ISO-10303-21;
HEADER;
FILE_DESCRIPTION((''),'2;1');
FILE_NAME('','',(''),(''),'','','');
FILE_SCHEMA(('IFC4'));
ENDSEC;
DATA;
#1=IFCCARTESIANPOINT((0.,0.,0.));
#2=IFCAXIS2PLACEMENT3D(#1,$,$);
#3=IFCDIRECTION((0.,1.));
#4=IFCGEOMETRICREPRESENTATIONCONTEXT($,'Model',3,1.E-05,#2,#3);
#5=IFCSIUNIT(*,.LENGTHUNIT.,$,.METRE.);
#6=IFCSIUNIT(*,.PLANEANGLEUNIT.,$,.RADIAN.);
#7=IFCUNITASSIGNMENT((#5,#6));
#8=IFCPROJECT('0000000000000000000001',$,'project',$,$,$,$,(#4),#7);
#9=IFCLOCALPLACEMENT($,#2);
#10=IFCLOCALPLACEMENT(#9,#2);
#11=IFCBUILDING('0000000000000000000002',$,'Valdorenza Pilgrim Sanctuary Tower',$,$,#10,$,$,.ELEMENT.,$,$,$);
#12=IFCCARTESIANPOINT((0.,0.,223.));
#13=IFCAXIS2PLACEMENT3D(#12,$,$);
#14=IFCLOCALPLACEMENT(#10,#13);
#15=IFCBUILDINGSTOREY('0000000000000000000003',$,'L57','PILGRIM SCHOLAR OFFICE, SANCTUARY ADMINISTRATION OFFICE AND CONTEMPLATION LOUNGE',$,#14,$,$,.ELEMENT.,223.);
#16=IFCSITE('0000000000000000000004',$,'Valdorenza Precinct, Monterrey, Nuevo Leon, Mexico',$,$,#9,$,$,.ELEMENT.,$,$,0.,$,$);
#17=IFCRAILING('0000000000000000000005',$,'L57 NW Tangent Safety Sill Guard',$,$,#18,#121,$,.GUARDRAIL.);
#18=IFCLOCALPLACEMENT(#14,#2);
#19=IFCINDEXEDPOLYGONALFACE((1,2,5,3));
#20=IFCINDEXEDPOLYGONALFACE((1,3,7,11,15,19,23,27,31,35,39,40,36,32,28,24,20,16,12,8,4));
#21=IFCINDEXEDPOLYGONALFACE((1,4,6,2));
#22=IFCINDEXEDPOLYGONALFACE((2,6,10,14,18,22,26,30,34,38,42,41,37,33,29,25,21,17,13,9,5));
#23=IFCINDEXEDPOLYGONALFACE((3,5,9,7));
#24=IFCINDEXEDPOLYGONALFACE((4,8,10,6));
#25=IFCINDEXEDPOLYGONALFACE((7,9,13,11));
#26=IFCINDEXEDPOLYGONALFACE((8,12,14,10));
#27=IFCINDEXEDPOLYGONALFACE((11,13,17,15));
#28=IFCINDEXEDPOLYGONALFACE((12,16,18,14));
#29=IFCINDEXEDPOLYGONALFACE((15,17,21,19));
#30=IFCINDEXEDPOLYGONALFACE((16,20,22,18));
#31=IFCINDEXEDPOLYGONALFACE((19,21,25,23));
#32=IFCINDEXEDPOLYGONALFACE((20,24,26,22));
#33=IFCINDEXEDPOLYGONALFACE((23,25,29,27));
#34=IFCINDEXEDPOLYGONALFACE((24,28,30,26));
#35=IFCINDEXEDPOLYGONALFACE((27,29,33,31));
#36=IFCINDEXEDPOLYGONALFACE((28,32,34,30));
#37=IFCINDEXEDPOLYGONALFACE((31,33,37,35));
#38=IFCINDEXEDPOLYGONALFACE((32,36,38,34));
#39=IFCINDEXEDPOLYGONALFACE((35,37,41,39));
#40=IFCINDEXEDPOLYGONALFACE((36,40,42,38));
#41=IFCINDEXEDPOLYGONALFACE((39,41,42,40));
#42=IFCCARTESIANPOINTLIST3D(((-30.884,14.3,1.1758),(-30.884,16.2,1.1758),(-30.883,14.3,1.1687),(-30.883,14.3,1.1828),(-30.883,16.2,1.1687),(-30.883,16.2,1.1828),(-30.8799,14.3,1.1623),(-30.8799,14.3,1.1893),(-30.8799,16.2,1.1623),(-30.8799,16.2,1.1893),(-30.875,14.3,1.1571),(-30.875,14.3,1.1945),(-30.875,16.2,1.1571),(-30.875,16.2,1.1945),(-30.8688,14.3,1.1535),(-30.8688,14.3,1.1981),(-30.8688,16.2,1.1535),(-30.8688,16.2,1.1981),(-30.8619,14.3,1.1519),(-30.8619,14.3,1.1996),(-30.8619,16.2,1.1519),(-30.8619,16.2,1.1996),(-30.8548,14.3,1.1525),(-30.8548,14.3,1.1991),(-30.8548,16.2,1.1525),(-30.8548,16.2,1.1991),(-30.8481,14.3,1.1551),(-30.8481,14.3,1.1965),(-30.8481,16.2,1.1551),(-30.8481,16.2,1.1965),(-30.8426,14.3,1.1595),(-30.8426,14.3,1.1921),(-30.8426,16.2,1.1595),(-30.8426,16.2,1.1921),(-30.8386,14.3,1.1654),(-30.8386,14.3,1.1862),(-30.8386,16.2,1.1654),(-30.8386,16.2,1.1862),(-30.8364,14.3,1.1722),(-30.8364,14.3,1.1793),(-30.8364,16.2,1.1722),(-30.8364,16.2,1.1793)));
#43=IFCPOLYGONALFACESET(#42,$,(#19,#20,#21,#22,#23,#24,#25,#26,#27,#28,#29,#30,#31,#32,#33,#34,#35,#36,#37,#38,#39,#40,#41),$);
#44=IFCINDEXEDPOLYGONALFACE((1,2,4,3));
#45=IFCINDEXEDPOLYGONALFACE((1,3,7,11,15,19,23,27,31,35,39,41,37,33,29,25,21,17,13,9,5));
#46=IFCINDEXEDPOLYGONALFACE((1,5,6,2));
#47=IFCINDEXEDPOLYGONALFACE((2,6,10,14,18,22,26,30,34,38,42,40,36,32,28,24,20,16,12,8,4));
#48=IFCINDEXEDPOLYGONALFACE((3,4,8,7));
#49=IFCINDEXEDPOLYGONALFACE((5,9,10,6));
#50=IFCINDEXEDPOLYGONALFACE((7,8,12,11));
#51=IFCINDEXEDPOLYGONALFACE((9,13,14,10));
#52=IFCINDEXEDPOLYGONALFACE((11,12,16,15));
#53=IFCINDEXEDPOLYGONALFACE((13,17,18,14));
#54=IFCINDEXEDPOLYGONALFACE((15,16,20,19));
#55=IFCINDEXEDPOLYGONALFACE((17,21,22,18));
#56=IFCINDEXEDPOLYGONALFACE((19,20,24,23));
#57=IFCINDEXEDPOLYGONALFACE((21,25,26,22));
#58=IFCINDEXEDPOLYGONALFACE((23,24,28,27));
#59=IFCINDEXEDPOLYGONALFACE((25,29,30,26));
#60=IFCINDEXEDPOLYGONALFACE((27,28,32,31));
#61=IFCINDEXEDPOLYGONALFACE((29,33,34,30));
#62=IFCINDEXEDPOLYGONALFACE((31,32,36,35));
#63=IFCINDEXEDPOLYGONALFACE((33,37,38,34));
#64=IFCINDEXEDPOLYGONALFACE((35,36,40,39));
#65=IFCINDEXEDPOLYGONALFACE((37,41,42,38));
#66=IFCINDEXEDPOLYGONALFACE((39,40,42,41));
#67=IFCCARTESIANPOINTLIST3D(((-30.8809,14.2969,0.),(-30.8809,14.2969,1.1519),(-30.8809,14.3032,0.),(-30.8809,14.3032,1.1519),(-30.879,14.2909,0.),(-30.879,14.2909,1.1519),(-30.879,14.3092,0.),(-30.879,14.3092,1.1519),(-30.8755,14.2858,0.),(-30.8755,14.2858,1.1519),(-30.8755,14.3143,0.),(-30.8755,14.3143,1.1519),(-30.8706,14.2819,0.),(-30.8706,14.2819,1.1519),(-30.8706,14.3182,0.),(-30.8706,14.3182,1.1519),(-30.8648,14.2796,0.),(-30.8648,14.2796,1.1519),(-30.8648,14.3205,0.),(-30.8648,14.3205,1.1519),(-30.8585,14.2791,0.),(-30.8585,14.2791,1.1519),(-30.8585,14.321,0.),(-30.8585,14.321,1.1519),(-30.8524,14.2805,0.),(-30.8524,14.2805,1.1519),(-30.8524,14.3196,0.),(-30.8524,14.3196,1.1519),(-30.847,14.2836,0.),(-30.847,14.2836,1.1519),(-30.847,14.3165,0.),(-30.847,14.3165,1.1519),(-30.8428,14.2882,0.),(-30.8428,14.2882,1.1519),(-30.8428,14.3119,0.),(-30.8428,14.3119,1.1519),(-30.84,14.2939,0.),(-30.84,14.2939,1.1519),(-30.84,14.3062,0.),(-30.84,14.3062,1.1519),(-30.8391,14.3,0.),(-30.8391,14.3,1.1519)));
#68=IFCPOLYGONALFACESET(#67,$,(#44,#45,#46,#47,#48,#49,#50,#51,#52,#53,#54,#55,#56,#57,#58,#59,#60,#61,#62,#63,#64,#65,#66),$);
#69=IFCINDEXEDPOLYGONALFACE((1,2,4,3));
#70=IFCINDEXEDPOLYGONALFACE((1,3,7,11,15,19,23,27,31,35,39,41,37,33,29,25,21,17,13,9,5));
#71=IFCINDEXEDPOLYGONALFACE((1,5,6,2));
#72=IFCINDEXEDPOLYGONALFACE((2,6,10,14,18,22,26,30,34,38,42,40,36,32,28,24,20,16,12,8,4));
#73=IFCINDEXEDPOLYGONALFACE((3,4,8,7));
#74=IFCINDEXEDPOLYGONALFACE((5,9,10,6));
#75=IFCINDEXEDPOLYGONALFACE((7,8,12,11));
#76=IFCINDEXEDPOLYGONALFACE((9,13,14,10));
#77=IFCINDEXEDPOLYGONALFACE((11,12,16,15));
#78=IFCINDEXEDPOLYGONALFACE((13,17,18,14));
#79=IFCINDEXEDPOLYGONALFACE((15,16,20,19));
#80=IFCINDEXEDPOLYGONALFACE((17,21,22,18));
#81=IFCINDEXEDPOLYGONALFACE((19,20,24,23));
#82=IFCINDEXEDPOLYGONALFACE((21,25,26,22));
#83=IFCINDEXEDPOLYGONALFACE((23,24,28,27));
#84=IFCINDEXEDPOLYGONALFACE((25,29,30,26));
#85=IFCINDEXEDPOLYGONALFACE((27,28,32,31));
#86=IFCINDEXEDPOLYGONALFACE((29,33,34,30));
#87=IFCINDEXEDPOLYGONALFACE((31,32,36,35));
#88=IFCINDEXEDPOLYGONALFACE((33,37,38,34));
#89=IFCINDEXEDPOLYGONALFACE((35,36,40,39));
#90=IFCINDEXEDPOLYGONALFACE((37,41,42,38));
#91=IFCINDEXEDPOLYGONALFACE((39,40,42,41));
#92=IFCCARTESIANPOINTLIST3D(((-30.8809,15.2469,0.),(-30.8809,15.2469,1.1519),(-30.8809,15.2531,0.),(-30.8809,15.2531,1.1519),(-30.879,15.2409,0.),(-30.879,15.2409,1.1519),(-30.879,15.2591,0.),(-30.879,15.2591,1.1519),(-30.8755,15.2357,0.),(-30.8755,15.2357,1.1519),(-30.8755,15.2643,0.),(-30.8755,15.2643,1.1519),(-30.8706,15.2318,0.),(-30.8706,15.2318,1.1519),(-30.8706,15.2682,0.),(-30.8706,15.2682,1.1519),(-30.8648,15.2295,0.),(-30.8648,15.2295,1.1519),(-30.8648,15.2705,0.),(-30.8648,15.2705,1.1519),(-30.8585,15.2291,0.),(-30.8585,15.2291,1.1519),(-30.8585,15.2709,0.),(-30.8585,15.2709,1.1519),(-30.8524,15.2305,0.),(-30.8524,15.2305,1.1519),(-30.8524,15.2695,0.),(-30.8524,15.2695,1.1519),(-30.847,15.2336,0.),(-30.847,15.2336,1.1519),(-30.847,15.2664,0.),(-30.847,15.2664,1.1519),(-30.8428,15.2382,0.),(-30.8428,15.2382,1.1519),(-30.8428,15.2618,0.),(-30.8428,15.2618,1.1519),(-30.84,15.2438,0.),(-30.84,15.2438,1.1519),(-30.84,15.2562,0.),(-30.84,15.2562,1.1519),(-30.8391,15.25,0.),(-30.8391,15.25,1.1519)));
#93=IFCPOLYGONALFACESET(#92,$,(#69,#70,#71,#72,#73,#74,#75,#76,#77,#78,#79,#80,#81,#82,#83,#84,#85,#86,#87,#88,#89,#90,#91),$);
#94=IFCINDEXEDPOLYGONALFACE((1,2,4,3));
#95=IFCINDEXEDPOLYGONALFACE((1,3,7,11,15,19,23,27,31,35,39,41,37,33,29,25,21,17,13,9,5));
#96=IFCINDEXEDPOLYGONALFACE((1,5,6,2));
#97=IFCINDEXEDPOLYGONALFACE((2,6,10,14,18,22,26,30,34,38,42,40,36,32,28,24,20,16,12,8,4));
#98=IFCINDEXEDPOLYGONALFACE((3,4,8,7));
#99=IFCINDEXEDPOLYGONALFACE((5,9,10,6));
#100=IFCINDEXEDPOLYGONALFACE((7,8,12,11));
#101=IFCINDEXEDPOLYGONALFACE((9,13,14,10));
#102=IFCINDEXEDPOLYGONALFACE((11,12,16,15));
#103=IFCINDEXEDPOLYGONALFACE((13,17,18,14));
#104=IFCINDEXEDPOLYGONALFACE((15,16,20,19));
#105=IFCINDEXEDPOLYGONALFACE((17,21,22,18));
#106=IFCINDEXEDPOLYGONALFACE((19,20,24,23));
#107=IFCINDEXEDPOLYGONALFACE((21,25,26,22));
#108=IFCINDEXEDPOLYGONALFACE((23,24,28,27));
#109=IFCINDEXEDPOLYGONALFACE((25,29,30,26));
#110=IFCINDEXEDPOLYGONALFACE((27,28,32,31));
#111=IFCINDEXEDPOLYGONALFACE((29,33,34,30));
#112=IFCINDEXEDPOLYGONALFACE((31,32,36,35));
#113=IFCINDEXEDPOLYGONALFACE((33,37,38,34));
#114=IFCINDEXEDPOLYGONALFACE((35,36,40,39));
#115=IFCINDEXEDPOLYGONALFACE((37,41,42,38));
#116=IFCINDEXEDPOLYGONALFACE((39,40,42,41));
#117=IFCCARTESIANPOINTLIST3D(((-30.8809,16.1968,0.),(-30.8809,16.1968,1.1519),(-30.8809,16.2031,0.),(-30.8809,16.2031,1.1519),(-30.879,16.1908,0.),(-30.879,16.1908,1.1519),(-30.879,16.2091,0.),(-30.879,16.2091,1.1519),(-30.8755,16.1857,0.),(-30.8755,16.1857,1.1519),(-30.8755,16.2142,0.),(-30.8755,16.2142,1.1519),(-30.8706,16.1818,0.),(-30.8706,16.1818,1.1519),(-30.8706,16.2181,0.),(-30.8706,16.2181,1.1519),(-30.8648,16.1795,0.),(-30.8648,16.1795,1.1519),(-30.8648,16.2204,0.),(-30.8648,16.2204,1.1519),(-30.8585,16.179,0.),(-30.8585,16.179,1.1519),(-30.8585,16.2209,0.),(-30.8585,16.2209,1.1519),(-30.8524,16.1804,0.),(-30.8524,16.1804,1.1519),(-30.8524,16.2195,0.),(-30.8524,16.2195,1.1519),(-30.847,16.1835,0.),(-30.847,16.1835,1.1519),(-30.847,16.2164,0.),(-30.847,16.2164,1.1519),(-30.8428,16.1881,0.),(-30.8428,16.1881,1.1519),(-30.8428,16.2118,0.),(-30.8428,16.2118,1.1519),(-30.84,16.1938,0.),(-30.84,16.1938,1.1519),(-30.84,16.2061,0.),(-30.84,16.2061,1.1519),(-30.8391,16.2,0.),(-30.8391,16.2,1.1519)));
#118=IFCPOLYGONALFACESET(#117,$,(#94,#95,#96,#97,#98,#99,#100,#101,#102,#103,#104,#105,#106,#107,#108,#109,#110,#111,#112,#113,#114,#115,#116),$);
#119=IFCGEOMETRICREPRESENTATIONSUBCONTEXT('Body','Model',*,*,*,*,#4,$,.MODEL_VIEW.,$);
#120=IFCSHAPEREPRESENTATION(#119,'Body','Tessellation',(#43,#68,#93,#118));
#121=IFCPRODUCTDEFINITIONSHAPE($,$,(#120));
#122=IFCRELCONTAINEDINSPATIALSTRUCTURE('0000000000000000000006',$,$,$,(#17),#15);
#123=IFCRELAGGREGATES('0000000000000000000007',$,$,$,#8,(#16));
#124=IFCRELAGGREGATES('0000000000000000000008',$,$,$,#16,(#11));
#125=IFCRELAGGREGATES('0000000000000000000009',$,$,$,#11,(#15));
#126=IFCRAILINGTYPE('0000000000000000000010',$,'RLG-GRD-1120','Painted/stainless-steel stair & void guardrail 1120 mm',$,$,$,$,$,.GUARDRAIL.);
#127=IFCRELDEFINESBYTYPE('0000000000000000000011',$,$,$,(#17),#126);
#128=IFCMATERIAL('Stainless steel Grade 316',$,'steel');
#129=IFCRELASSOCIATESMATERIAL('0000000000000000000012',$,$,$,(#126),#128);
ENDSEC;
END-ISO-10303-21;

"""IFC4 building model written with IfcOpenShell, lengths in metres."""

from ifc_helpers import new_model, si_unit, direction, frame, origin, origin_2d, place, context, subcontext, project, spatial, circle, extrude, material, type_object, element, save


model = new_model("IFC4")

# Units and contexts
model_context = context("Model", 3, precision=1e-05, world=origin(), true_north=direction((0.0, 1.0)))
body_context = subcontext(model_context, "Body", "Model", "MODEL_VIEW")
ifc_project = project(units=[si_unit("LENGTHUNIT", "METRE"), si_unit("PLANEANGLEUNIT", "RADIAN")], contexts=[model_context])

# Site, building, storey
site_placement = place(None, origin())
site = spatial("IfcSite", under=ifc_project, at=site_placement, Name="Valdorenza Precinct, Monterrey, Nuevo Leon, Mexico", CompositionType="ELEMENT", RefElevation=0.0)
building_placement = place(site_placement, origin())
building = spatial("IfcBuilding", under=site, at=building_placement, Name="Valdorenza Pilgrim Sanctuary Tower", CompositionType="ELEMENT")
storey_placement = place(building_placement, frame((0.0, 0.0, 223.0)))
storey = spatial("IfcBuildingStorey", under=building, at=storey_placement, Name="L57", Description="PILGRIM SCHOLAR OFFICE, SANCTUARY ADMINISTRATION OFFICE AND CONTEMPLATION LOUNGE", CompositionType="ELEMENT", Elevation=223.0)

# Railing
ifc_material_1 = material(Name="Stainless steel Grade 316", Category="steel")
railing_type = type_object("IfcRailingType", Name="RLG-GRD-1120", Description="Painted/stainless-steel stair & void guardrail 1120 mm", PredefinedType="GUARDRAIL", material=ifc_material_1)
railing_placement = place(storey_placement, frame((-30.8601, 14.3, 0.0)))
element("IfcRailing", 1, at=railing_placement, inside=storey, type_object=railing_type, Name="L57 NW Tangent Safety Sill Guard", PredefinedType="GUARDRAIL", context=body_context, shape_type="SweptSolid", body=[
    extrude(circle(Radius=0.0239, at=origin_2d()), frame((0.0, 0.0, 1.1758), z_axis=(0.0, 1.0, 0.0), x_axis=(-1.0, 0.0, 0.0)), (0.0, 0.0, 1.0), 1.8999),
    extrude(circle(Radius=0.021, at=origin_2d()), origin(), (0.0, 0.0, 1.0), 1.1519),
    extrude(circle(Radius=0.021, at=origin_2d()), frame((0.0, 0.95, 0.0)), (0.0, 0.0, 1.0), 1.1519),
    extrude(circle(Radius=0.021, at=origin_2d()), frame((0.0, 1.8999, 0.0)), (0.0, 0.0, 1.0), 1.1519),
])

save(model, "model.ifc")
